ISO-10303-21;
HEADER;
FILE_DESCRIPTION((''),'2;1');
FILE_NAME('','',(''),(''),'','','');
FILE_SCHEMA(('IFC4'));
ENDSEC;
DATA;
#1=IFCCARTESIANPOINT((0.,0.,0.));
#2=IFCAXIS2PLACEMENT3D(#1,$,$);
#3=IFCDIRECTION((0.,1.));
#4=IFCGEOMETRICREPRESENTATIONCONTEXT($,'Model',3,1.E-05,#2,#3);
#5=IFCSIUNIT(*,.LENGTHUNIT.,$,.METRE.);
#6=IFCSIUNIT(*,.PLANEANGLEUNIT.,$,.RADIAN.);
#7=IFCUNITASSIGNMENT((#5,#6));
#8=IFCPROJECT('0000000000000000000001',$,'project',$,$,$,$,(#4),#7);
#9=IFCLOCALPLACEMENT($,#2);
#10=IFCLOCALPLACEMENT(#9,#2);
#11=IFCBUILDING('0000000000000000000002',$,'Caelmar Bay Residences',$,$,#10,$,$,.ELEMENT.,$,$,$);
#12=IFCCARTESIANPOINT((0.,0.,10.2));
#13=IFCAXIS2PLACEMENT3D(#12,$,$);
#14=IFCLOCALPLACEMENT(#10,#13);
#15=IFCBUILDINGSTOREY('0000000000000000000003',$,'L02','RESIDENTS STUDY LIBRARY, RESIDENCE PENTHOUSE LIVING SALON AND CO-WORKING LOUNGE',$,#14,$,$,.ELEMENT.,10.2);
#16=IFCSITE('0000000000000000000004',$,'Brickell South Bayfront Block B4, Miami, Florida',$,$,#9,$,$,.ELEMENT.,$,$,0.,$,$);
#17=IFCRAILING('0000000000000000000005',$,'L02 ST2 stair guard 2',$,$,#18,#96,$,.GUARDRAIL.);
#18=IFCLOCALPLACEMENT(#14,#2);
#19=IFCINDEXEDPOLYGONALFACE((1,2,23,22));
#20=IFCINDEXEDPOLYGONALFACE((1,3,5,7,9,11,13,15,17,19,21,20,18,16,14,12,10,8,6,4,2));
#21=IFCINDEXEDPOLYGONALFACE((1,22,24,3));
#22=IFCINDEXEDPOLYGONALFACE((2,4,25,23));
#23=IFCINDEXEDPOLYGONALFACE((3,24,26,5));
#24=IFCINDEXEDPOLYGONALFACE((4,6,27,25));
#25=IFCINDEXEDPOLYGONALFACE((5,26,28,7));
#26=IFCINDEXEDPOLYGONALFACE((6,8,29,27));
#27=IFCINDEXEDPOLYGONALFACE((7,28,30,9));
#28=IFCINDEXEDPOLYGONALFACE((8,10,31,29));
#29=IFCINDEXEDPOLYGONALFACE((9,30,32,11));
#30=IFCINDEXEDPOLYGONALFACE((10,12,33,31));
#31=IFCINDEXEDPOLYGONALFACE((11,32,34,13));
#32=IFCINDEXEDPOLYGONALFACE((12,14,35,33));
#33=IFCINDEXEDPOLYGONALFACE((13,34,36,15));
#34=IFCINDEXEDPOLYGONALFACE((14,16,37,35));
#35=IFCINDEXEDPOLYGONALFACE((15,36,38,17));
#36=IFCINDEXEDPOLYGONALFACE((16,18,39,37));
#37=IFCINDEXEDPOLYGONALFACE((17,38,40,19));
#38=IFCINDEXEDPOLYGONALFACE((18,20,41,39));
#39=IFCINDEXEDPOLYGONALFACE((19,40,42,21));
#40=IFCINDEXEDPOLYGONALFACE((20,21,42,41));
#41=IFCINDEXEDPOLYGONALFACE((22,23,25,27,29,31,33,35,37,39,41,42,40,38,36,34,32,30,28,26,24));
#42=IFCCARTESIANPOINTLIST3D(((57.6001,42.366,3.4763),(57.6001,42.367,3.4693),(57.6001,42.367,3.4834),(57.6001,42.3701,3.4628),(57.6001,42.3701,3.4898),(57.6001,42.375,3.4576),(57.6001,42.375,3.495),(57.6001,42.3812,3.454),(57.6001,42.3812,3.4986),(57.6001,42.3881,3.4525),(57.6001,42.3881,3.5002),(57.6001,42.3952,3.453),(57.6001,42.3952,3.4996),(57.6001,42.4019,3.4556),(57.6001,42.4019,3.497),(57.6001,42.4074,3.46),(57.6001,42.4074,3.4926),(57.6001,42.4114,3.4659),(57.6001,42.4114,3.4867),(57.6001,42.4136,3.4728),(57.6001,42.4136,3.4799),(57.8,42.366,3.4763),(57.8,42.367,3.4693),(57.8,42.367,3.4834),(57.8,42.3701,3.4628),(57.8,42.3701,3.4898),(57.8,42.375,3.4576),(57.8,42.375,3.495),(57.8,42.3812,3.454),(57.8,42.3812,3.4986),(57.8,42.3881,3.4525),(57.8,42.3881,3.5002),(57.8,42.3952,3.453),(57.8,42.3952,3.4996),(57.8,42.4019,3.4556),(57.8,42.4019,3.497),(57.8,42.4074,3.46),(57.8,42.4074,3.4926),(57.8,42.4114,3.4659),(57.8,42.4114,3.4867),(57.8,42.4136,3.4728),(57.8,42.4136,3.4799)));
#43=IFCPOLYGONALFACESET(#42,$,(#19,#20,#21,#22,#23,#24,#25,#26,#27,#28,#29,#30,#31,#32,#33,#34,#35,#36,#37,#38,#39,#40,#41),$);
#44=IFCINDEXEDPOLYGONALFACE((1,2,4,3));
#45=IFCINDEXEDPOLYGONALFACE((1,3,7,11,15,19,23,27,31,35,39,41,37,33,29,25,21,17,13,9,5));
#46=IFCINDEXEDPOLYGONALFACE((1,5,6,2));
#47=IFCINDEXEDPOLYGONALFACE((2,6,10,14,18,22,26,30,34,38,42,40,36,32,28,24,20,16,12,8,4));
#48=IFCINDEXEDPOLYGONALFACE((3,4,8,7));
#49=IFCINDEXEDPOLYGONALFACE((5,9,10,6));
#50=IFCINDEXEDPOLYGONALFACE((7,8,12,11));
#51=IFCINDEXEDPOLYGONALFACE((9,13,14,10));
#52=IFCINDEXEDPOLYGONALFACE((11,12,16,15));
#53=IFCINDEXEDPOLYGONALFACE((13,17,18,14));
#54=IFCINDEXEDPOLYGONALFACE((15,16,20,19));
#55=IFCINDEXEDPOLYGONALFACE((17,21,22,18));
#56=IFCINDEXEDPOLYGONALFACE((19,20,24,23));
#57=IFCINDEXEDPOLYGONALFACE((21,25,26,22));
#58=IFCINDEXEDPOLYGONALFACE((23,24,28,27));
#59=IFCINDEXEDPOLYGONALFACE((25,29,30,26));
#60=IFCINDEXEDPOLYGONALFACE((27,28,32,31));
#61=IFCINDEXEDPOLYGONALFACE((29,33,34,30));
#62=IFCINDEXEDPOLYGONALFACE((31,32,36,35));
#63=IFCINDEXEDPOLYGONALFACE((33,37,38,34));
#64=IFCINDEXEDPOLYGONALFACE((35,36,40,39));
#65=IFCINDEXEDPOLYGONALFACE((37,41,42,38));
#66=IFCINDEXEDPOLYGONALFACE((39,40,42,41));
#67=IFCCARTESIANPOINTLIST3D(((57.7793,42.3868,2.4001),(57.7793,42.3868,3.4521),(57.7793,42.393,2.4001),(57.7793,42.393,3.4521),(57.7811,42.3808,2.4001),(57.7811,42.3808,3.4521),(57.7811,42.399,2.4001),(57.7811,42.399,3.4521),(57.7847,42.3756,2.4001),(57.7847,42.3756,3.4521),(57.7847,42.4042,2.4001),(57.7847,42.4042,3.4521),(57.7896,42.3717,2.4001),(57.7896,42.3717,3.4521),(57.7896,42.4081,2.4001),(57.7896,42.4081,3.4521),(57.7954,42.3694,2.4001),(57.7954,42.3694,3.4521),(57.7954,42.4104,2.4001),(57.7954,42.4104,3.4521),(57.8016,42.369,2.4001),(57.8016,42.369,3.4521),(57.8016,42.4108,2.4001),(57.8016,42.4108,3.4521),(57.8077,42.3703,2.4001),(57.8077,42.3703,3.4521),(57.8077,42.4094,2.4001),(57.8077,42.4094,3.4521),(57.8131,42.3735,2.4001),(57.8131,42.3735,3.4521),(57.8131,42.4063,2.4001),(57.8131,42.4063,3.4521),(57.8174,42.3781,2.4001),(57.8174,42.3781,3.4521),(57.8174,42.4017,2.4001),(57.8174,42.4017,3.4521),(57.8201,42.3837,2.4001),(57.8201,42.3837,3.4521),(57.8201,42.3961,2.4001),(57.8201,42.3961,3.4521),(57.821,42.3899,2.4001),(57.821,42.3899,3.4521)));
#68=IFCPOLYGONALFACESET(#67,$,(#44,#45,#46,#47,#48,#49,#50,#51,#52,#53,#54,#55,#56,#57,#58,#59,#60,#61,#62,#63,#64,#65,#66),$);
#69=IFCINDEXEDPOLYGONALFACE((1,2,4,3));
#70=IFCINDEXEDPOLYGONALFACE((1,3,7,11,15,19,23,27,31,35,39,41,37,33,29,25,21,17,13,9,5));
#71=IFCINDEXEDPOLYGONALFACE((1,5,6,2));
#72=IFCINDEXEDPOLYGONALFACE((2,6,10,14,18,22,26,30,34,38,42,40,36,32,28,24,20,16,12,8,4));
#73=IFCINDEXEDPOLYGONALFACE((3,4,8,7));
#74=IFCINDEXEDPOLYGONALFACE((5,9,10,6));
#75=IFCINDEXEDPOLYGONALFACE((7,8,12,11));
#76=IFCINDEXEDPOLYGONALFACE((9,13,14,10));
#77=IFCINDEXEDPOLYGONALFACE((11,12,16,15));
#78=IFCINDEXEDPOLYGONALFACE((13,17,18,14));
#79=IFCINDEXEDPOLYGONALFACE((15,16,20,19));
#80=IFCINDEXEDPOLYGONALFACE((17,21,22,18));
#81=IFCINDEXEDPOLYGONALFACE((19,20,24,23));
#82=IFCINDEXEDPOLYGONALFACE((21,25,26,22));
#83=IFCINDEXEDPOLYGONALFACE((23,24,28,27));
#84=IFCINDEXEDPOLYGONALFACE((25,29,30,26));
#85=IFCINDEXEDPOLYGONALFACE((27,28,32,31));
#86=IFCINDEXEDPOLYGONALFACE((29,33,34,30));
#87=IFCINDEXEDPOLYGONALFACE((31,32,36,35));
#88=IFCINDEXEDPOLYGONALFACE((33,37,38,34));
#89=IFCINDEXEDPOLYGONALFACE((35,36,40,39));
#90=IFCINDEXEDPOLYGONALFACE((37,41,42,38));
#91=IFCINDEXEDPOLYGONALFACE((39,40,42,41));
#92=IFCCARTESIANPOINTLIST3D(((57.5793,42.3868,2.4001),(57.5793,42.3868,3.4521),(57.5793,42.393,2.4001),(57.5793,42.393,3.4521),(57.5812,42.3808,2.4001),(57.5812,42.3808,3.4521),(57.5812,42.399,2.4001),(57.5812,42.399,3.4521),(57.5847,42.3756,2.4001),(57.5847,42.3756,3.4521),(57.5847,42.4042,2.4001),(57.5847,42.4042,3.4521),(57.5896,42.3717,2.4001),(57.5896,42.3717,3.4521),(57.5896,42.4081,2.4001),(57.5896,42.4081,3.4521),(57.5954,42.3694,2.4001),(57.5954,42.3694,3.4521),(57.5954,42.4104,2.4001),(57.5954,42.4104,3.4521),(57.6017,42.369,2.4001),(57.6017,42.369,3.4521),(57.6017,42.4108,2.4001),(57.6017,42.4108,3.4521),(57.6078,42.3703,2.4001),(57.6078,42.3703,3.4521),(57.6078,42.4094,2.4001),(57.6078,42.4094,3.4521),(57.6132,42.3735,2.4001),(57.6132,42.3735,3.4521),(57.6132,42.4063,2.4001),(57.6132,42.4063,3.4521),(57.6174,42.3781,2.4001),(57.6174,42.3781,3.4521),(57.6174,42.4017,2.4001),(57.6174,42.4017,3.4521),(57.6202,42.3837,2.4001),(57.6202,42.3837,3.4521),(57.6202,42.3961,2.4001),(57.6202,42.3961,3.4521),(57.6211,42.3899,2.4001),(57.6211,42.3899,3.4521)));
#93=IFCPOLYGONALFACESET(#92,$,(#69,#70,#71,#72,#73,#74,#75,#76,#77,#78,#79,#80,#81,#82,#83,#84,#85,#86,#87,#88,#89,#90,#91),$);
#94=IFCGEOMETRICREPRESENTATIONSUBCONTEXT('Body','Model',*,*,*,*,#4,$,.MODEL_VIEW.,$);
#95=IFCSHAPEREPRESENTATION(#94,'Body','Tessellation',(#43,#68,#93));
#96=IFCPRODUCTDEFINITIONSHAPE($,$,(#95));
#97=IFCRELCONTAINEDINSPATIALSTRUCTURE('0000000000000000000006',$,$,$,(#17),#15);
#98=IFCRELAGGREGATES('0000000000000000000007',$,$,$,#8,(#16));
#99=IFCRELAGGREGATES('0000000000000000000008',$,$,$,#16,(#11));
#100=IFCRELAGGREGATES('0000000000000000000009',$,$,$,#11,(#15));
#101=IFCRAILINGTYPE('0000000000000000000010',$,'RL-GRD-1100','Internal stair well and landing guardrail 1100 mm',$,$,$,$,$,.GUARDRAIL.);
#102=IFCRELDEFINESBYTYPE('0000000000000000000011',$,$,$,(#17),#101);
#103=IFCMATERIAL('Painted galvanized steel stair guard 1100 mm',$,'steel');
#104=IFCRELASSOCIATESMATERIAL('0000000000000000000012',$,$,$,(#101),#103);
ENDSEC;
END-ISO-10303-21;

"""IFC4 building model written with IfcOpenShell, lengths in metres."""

from ifc_helpers import new_model, si_unit, direction, frame, origin, origin_2d, place, context, subcontext, project, spatial, circle, extrude, material, type_object, element, save


model = new_model("IFC4")

# Units and contexts
model_context = context("Model", 3, precision=1e-05, world=origin(), true_north=direction((0.0, 1.0)))
body_context = subcontext(model_context, "Body", "Model", "MODEL_VIEW")
ifc_project = project(units=[si_unit("LENGTHUNIT", "METRE"), si_unit("PLANEANGLEUNIT", "RADIAN")], contexts=[model_context])

# Site, building, storey
site_placement = place(None, origin())
site = spatial("IfcSite", under=ifc_project, at=site_placement, Name="Brickell South Bayfront Block B4, Miami, Florida", CompositionType="ELEMENT", RefElevation=0.0)
building_placement = place(site_placement, origin())
building = spatial("IfcBuilding", under=site, at=building_placement, Name="Caelmar Bay Residences", CompositionType="ELEMENT")
storey_placement = place(building_placement, frame((0.0, 0.0, 10.2)))
storey = spatial("IfcBuildingStorey", under=building, at=storey_placement, Name="L02", Description="RESIDENTS STUDY LIBRARY, RESIDENCE PENTHOUSE LIVING SALON AND CO-WORKING LOUNGE", CompositionType="ELEMENT", Elevation=10.2)

# Railing
ifc_material_1 = material(Name="Painted galvanized steel stair guard 1100 mm", Category="steel")
railing_type_1 = type_object("IfcRailingType", Name="RL-GRD-1100", Description="Internal stair well and landing guardrail 1100 mm", PredefinedType="GUARDRAIL", material=ifc_material_1)
railing_1_placement = place(storey_placement, frame((57.8, 42.3899, 2.4001)))
element("IfcRailing", 1, at=railing_1_placement, inside=storey, type_object=railing_type_1, Name="L02 ST2 stair guard 2", PredefinedType="GUARDRAIL", context=body_context, shape_type="SweptSolid", body=[
    extrude(circle(Radius=0.0239, at=origin_2d()), frame((0.0, 0.0, 1.0762), z_axis=(-1.0, 0.0, 0.0), x_axis=(0.0, -1.0, 0.0)), (0.0, 0.0, 1.0), 0.2),
    extrude(circle(Radius=0.021, at=origin_2d()), origin(), (0.0, 0.0, 1.0), 1.052),
    extrude(circle(Radius=0.021, at=origin_2d()), frame((-0.2, 0.0, 0.0)), (0.0, 0.0, 1.0), 1.052),
])

save(model, "model.ifc")
